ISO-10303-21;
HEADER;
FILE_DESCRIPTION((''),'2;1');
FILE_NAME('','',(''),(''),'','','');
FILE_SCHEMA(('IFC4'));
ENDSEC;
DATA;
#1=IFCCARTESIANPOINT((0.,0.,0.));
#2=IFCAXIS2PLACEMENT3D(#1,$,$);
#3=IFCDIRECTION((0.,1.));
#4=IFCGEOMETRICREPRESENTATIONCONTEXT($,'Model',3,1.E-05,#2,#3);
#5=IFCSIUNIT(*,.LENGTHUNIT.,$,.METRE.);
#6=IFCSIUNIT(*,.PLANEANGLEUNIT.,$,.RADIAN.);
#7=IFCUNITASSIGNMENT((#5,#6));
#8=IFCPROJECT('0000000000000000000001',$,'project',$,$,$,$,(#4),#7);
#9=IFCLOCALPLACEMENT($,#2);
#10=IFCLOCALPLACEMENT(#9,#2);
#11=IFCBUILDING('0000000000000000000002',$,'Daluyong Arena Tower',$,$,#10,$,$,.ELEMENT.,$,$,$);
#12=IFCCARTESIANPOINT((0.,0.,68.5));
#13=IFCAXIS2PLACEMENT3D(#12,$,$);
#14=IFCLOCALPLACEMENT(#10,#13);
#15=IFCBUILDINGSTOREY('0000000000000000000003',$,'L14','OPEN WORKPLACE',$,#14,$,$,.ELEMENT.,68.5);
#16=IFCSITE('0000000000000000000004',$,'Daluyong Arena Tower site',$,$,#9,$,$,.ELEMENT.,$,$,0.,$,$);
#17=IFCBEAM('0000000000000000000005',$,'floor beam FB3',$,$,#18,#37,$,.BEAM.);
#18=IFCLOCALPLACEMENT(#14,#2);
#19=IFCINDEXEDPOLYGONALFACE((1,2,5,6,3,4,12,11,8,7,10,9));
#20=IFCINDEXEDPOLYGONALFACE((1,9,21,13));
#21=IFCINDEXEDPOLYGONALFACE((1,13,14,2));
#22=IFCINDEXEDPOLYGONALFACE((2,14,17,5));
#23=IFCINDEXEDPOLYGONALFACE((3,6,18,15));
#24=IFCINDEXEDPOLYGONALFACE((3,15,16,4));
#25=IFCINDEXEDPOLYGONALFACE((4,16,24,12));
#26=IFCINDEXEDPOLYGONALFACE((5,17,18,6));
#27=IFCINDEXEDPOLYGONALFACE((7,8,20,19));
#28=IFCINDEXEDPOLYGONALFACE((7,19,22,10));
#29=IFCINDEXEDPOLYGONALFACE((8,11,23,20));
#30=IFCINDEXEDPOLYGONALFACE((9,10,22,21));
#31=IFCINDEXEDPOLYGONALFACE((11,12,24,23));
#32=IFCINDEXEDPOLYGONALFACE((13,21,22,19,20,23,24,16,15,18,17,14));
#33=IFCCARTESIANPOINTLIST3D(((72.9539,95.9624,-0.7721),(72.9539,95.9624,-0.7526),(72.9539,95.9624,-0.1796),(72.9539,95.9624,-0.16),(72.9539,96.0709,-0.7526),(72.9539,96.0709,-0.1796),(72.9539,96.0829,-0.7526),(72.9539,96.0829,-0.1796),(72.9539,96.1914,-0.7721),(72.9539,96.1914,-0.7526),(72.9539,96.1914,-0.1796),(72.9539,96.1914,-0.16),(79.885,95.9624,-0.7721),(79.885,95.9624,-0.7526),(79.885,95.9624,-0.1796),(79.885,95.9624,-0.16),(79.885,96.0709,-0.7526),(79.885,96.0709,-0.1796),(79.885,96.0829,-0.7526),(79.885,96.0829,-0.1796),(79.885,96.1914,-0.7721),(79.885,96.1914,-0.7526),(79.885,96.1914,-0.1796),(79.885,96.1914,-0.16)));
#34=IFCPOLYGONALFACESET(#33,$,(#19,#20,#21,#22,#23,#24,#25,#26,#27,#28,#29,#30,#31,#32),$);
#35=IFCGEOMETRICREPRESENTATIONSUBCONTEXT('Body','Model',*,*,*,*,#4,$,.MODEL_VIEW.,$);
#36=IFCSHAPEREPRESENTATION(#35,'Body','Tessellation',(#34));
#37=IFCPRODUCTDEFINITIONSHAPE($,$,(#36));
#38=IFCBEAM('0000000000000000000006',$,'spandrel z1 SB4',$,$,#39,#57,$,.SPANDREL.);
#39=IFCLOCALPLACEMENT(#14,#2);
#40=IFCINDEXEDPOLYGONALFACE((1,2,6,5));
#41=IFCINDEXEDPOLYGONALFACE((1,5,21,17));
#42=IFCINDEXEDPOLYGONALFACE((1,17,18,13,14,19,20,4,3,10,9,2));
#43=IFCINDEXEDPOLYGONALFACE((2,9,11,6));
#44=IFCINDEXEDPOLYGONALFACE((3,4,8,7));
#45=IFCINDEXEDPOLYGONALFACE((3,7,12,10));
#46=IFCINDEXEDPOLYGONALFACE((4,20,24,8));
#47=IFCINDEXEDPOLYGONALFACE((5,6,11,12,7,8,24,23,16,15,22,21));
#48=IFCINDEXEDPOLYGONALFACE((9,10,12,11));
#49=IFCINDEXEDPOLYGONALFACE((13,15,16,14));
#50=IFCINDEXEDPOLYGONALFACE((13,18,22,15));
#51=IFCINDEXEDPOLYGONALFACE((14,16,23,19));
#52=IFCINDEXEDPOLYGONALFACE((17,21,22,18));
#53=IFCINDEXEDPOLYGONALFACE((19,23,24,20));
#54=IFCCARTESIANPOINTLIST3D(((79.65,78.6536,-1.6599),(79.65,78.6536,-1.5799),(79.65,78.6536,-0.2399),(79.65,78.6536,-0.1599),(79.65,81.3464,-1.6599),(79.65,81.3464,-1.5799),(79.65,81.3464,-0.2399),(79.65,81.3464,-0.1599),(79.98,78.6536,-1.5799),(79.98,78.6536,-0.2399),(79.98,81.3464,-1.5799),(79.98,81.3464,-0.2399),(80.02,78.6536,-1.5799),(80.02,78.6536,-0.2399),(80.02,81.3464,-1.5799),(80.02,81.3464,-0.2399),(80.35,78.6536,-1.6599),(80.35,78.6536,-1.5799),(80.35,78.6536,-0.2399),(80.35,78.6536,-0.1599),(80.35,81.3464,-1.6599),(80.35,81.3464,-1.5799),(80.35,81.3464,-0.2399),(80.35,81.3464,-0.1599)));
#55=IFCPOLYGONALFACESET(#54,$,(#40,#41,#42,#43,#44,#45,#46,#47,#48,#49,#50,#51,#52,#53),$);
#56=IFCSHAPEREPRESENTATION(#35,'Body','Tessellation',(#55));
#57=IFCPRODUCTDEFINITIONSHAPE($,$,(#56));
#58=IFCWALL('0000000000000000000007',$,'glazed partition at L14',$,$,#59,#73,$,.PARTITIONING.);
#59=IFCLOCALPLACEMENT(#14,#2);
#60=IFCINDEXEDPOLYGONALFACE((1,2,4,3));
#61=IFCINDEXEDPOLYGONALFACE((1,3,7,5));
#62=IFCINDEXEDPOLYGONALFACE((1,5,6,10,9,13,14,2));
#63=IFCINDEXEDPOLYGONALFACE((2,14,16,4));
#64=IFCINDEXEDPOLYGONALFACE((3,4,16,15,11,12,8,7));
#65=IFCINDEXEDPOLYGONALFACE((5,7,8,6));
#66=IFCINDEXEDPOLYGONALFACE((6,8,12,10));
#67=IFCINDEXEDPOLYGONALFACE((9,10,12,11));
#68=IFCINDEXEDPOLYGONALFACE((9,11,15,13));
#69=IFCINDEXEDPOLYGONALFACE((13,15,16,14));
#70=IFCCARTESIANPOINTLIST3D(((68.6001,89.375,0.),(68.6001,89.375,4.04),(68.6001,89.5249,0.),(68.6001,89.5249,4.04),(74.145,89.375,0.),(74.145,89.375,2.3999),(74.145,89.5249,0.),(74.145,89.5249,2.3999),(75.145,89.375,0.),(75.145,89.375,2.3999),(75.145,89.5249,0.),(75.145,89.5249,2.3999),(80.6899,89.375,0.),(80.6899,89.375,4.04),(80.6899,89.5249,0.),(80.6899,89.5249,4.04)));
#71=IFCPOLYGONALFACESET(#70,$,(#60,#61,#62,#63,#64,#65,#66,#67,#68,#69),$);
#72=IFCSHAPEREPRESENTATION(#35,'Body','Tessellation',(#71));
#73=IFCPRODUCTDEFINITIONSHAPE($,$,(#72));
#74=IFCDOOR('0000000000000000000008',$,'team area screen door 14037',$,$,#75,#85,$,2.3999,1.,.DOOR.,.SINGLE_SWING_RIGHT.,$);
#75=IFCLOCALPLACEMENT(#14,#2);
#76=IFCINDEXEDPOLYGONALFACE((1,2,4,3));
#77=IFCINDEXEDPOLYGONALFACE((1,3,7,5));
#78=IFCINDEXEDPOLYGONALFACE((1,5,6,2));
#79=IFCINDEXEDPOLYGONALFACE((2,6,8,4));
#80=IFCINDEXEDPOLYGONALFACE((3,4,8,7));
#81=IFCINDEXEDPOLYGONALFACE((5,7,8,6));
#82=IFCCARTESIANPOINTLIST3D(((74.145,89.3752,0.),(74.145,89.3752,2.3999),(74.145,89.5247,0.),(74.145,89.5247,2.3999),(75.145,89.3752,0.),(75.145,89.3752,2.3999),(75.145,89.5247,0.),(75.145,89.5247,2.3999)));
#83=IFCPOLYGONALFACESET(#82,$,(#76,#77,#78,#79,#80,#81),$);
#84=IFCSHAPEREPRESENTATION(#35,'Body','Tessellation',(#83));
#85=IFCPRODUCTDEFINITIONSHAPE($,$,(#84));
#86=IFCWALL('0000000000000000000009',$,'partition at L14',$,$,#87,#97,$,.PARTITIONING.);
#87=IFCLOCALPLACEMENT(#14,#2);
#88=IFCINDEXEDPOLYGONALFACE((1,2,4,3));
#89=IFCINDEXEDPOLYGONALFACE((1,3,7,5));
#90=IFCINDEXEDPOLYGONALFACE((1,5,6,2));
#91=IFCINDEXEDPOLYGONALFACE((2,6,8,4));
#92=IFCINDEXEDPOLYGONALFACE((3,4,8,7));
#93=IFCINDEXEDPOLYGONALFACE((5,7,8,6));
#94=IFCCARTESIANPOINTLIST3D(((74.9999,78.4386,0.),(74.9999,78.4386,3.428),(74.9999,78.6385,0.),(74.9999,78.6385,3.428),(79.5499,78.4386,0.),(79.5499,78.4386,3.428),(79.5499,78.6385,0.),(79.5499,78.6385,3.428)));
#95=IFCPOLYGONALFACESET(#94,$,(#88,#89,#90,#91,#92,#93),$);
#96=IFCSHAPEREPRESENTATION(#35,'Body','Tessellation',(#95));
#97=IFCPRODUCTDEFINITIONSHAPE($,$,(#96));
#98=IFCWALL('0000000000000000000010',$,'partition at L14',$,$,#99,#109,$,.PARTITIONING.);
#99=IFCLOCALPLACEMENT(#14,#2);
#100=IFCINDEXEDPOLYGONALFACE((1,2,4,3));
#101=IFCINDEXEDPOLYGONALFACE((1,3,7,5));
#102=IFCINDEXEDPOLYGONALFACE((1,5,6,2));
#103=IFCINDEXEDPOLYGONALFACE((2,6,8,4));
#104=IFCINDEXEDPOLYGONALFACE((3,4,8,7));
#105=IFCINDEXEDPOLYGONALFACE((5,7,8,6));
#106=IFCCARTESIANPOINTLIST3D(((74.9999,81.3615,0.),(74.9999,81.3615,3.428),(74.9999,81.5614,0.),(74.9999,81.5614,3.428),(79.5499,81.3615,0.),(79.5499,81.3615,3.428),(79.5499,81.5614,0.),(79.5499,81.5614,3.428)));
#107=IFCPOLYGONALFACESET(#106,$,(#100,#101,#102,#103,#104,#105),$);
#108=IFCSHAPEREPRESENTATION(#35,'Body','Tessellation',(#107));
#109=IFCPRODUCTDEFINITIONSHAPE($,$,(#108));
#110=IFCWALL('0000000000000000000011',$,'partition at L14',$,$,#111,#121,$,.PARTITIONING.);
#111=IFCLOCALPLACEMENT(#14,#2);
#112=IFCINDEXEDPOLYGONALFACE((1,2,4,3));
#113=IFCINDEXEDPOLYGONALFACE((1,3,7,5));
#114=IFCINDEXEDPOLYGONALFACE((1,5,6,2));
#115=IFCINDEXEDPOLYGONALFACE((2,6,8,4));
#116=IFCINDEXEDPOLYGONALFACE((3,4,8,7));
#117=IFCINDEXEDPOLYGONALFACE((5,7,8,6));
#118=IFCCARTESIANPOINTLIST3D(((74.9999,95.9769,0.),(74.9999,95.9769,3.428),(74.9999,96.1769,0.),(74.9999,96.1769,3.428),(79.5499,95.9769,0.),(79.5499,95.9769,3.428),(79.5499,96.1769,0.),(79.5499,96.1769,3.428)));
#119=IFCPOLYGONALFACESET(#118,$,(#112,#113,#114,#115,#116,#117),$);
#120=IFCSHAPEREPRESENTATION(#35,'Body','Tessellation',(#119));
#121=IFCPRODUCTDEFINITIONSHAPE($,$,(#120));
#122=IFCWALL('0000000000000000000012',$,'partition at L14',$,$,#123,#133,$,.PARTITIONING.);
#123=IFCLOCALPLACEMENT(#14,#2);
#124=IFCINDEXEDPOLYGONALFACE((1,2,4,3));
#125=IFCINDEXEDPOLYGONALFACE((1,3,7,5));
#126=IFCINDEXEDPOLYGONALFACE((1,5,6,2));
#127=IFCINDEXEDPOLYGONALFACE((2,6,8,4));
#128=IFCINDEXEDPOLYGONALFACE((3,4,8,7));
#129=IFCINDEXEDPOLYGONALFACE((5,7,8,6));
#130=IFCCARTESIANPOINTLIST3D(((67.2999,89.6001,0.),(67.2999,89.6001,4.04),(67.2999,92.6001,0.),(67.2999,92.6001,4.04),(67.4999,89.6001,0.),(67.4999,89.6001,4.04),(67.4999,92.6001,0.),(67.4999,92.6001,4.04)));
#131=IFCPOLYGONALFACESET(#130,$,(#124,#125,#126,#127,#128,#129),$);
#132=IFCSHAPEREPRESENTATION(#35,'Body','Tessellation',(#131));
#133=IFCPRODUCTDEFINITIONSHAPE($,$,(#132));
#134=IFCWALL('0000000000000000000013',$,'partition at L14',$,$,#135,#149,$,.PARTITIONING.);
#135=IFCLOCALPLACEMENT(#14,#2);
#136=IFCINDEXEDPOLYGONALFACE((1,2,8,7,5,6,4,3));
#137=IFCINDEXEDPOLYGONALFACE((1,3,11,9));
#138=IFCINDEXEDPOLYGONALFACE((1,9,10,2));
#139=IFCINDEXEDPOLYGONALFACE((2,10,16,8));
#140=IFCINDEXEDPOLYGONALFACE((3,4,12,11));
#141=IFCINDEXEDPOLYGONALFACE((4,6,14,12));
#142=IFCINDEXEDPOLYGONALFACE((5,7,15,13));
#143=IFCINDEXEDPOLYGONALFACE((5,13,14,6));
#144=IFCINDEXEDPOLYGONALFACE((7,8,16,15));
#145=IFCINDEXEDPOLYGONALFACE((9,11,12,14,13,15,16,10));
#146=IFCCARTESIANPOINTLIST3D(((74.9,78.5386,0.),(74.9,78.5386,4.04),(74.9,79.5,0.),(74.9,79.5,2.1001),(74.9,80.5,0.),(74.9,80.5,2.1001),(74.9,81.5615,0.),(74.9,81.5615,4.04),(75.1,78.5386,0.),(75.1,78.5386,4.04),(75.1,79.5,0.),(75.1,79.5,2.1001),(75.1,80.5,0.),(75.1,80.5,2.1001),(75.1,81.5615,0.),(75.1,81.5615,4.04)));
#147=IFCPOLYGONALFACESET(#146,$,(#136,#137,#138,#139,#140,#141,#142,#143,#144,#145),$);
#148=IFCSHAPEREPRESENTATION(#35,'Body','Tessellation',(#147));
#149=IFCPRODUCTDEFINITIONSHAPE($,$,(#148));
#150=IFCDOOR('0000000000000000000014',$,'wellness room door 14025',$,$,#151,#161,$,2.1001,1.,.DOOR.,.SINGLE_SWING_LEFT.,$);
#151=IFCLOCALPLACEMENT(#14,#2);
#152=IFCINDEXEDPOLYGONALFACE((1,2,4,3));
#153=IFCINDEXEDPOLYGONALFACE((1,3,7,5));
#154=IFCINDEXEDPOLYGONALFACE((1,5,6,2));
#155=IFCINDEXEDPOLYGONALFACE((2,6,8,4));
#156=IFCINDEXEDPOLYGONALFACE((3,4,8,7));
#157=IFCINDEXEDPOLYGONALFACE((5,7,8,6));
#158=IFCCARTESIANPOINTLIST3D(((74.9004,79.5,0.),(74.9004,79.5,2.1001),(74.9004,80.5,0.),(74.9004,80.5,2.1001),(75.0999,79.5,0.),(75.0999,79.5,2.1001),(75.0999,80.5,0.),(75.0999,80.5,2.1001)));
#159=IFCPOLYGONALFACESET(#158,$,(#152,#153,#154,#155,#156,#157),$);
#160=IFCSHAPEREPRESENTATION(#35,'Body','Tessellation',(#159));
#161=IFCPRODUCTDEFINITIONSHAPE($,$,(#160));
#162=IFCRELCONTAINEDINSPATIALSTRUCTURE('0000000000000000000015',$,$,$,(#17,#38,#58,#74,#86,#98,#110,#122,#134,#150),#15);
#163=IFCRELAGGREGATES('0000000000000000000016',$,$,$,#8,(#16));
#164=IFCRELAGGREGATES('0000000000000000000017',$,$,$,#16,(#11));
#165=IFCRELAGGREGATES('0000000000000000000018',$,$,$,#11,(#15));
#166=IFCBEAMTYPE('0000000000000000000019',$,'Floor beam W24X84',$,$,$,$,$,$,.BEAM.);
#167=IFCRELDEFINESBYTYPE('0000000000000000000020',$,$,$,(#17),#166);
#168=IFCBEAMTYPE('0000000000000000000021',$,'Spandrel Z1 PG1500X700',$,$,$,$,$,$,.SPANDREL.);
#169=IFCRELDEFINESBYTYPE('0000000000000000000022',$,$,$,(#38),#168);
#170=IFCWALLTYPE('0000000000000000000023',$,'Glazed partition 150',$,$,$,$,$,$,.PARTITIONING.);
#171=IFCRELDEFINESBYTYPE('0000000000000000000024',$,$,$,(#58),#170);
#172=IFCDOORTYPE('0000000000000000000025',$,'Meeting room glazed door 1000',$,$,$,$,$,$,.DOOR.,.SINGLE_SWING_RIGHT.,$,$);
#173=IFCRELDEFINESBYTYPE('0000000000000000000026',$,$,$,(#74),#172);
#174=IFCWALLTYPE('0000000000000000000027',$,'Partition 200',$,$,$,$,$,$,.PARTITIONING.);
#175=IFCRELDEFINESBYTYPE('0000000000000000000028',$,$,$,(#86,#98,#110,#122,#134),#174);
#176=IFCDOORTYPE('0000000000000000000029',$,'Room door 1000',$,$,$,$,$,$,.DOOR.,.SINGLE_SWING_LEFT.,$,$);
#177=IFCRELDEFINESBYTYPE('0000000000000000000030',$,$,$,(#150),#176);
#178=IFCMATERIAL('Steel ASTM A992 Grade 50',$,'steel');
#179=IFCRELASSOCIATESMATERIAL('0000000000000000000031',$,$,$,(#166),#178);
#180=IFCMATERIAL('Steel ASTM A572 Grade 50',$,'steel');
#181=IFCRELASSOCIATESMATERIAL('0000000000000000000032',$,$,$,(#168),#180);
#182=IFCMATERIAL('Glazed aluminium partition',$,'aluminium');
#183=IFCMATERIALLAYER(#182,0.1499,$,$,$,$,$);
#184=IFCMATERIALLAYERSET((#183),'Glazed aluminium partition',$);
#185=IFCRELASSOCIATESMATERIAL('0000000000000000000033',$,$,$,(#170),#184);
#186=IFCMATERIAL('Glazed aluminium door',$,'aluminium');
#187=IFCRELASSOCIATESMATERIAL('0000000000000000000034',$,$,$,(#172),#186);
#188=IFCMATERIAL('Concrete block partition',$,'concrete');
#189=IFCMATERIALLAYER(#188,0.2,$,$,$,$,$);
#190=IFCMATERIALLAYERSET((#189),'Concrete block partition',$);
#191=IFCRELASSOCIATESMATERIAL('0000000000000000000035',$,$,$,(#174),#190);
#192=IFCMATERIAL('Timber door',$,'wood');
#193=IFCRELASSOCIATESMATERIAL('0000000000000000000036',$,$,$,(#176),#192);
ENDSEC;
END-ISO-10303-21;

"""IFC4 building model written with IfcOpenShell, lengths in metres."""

from ifc_helpers import new_model, si_unit, direction, frame, frame_2d, origin, origin_2d, place, context, subcontext, project, spatial, rectangle, i_section, extrude, material, layer, layer_set, material_profile, profile_set, type_object, element, fill, save


model = new_model("IFC4")

# Units and contexts
model_context = context("Model", 3, precision=1e-05, world=origin(), true_north=direction((0.0, 1.0)))
body_context = subcontext(model_context, "Body", "Model", "MODEL_VIEW")
ifc_project = project(units=[si_unit("LENGTHUNIT", "METRE"), si_unit("PLANEANGLEUNIT", "RADIAN")], contexts=[model_context])

# Site, building, storey
site_placement = place(None, origin())
site = spatial("IfcSite", under=ifc_project, at=site_placement, Name="Daluyong Arena Tower site", CompositionType="ELEMENT", RefElevation=0.0)
building_placement = place(site_placement, origin())
building = spatial("IfcBuilding", under=site, at=building_placement, Name="Daluyong Arena Tower", CompositionType="ELEMENT")
storey_placement = place(building_placement, frame((0.0, 0.0, 68.5)))
storey = spatial("IfcBuildingStorey", under=building, at=storey_placement, Name="L14", Description="OPEN WORKPLACE", CompositionType="ELEMENT", Elevation=68.5)

# Beams
ifc_material_1 = material(Name="Steel ASTM A992 Grade 50", Category="steel")
ifc_material_profile_1 = material_profile(ifc_material_1, i_section(OverallWidth=0.229, OverallDepth=0.6121, WebThickness=0.012, FlangeThickness=0.0195, at=origin_2d()))
ifc_profile_set_1 = profile_set([ifc_material_profile_1], Name="Steel ASTM A992 Grade 50")
beam_type_1 = type_object("IfcBeamType", Name="Floor beam W24X84", PredefinedType="BEAM", material=ifc_profile_set_1)
beam_1_placement = place(storey_placement, frame((79.885, 96.0769, -0.4661), z_axis=(-1.0, 0.0, 0.0), x_axis=(0.0, -1.0, 0.0)))
element("IfcBeam", 1, at=beam_1_placement, inside=storey, type_object=beam_type_1, Name="floor beam FB3", PredefinedType="BEAM", context=body_context, shape_type="SweptSolid", body=[
    extrude(i_section(OverallWidth=0.229, OverallDepth=0.6121, WebThickness=0.012, FlangeThickness=0.0195, at=origin_2d()), origin(), (0.0, 0.0, 1.0), 6.9312),
])
ifc_material_2 = material(Name="Steel ASTM A572 Grade 50", Category="steel")
ifc_material_profile_2 = material_profile(ifc_material_2, i_section(OverallWidth=0.7, OverallDepth=1.5, WebThickness=0.04, FlangeThickness=0.08, at=origin_2d()))
ifc_profile_set_2 = profile_set([ifc_material_profile_2], Name="Steel ASTM A572 Grade 50")
beam_type_2 = type_object("IfcBeamType", Name="Spandrel Z1 PG1500X700", PredefinedType="SPANDREL", material=ifc_profile_set_2)
beam_2_placement = place(storey_placement, frame((80.0, 78.6536, -0.9099), z_axis=(0.0, 1.0, 0.0), x_axis=(-1.0, 0.0, 0.0)))
element("IfcBeam", 2, at=beam_2_placement, inside=storey, type_object=beam_type_2, Name="spandrel z1 SB4", PredefinedType="SPANDREL", context=body_context, shape_type="SweptSolid", body=[
    extrude(i_section(OverallWidth=0.7, OverallDepth=1.5, WebThickness=0.04, FlangeThickness=0.08, at=origin_2d()), origin(), (0.0, 0.0, 1.0), 2.6929),
])

# Wall, opening, door
ifc_material_3 = material(Name="Glazed aluminium partition", Category="aluminium")
ifc_layer_1 = layer(ifc_material_3, 0.1499)
ifc_layer_set_1 = layer_set([ifc_layer_1], Name="Glazed aluminium partition")
wall_type_1 = type_object("IfcWallType", Name="Glazed partition 150", PredefinedType="PARTITIONING", material=ifc_layer_set_1)
wall_1_placement = place(storey_placement, frame((68.6001, 89.45, 0.0), z_axis=(0.0, 0.0, 1.0), x_axis=(1.0, 0.0, 0.0)))
wall_1 = element("IfcWall", 3, at=wall_1_placement, inside=storey, type_object=wall_type_1, Name="glazed partition at L14", PredefinedType="PARTITIONING", context=body_context, shape_type="SweptSolid", body=[
    extrude(rectangle(XDim=12.0898, YDim=0.1499, at=frame_2d((6.0449, 0.0))), origin(), (0.0, 0.0, 1.0), 4.04),
])
opening_1_placement = place(wall_1_placement, frame((5.5449, 0.0, 0.0)))
opening_1 = element("IfcOpeningElement", 4, at=opening_1_placement, cuts=wall_1, PredefinedType="OPENING", context=body_context, shape_type="SweptSolid", body=[
    extrude(rectangle(XDim=1.0, YDim=2.3999, at=frame_2d((0.5, 1.2))), frame((0.0, 0.085, 0.0), z_axis=(0.0, -1.0, 0.0), x_axis=(1.0, 0.0, 0.0)), (0.0, 0.0, 1.0), 0.1699),
])
ifc_material_4 = material(Name="Glazed aluminium door", Category="aluminium")
door_type_1 = type_object("IfcDoorType", Name="Meeting room glazed door 1000", OperationType="SINGLE_SWING_RIGHT", PredefinedType="DOOR", material=ifc_material_4)
door_1_placement = place(opening_1_placement, origin())
door_1 = element("IfcDoor", 5, at=door_1_placement, inside=storey, type_object=door_type_1, Name="team area screen door 14037", OperationType="SINGLE_SWING_RIGHT", OverallHeight=2.3999, OverallWidth=1.0, PredefinedType="DOOR", context=body_context, shape_type="SweptSolid", body=[
    extrude(rectangle(XDim=1.0, YDim=2.3999, at=frame_2d((0.5, 1.2))), frame((0.0, 0.0747, 0.0), z_axis=(0.0, -1.0, 0.0), x_axis=(1.0, 0.0, 0.0)), (0.0, 0.0, 1.0), 0.1494),
])
fill(opening_1, door_1)

# Walls
ifc_material_5 = material(Name="Concrete block partition", Category="concrete")
ifc_layer_2 = layer(ifc_material_5, 0.2)
ifc_layer_set_2 = layer_set([ifc_layer_2], Name="Concrete block partition")
wall_type_2 = type_object("IfcWallType", Name="Partition 200", PredefinedType="PARTITIONING", material=ifc_layer_set_2)
for number, where, z_axis, x_axis, name in (
    (6, (75.0, 78.5386, 0.0), (0.0, 0.0, 1.0), (1.0, 0.0, 0.0), "partition at L14"),
    (7, (75.0, 81.4614, 0.0), (0.0, 0.0, 1.0), (1.0, 0.0, 0.0), "partition at L14"),
    (8, (75.0, 96.0769, 0.0), (0.0, 0.0, 1.0), (1.0, 0.0, 0.0), "partition at L14"),
):
    element("IfcWall", number, at=place(storey_placement, frame(where, z_axis=z_axis, x_axis=x_axis)), inside=storey, type_object=wall_type_2, Name=name, PredefinedType="PARTITIONING", context=body_context, shape_type="SweptSolid", body=[
        extrude(rectangle(XDim=4.55, YDim=0.2, at=frame_2d((2.2749, 0.0))), origin(), (0.0, 0.0, 1.0), 3.428),
    ])
wall_2_placement = place(storey_placement, frame((67.3999, 89.6001, 0.0), z_axis=(0.0, 0.0, 1.0), x_axis=(0.0, 1.0, 0.0)))
element("IfcWall", 9, at=wall_2_placement, inside=storey, type_object=wall_type_2, Name="partition at L14", PredefinedType="PARTITIONING", context=body_context, shape_type="SweptSolid", body=[
    extrude(rectangle(XDim=3.0, YDim=0.2, at=frame_2d((1.5, 0.0))), origin(), (0.0, 0.0, 1.0), 4.04),
])

# Wall, opening, door
wall_3_placement = place(storey_placement, frame((75.0, 78.5386, 0.0), z_axis=(0.0, 0.0, 1.0), x_axis=(0.0, 1.0, 0.0)))
wall_3 = element("IfcWall", 10, at=wall_3_placement, inside=storey, type_object=wall_type_2, Name="partition at L14", PredefinedType="PARTITIONING", context=body_context, shape_type="SweptSolid", body=[
    extrude(rectangle(XDim=3.0229, YDim=0.2, at=frame_2d((1.5115, 0.0))), origin(), (0.0, 0.0, 1.0), 4.04),
])
opening_2_placement = place(wall_3_placement, frame((0.9614, 0.0, 0.0)))
opening_2 = element("IfcOpeningElement", 11, at=opening_2_placement, cuts=wall_3, PredefinedType="OPENING", context=body_context, shape_type="SweptSolid", body=[
    extrude(rectangle(XDim=1.0, YDim=2.1001, at=frame_2d((0.5, 1.05))), frame((0.0, 0.1099, 0.0), z_axis=(0.0, -1.0, 0.0), x_axis=(1.0, 0.0, 0.0)), (0.0, 0.0, 1.0), 0.22),
])
ifc_material_6 = material(Name="Timber door", Category="wood")
door_type_2 = type_object("IfcDoorType", Name="Room door 1000", OperationType="SINGLE_SWING_LEFT", PredefinedType="DOOR", material=ifc_material_6)
door_2_placement = place(opening_2_placement, origin())
door_2 = element("IfcDoor", 12, at=door_2_placement, inside=storey, type_object=door_type_2, Name="wellness room door 14025", OperationType="SINGLE_SWING_LEFT", OverallHeight=2.1001, OverallWidth=1.0, PredefinedType="DOOR", context=body_context, shape_type="SweptSolid", body=[
    extrude(rectangle(XDim=1.0, YDim=2.1001, at=frame_2d((0.5, 1.05))), frame((0.0, 0.0996, 0.0), z_axis=(0.0, -1.0, 0.0), x_axis=(1.0, 0.0, 0.0)), (0.0, 0.0, 1.0), 0.1995),
])
fill(opening_2, door_2)

save(model, "model.ifc")
